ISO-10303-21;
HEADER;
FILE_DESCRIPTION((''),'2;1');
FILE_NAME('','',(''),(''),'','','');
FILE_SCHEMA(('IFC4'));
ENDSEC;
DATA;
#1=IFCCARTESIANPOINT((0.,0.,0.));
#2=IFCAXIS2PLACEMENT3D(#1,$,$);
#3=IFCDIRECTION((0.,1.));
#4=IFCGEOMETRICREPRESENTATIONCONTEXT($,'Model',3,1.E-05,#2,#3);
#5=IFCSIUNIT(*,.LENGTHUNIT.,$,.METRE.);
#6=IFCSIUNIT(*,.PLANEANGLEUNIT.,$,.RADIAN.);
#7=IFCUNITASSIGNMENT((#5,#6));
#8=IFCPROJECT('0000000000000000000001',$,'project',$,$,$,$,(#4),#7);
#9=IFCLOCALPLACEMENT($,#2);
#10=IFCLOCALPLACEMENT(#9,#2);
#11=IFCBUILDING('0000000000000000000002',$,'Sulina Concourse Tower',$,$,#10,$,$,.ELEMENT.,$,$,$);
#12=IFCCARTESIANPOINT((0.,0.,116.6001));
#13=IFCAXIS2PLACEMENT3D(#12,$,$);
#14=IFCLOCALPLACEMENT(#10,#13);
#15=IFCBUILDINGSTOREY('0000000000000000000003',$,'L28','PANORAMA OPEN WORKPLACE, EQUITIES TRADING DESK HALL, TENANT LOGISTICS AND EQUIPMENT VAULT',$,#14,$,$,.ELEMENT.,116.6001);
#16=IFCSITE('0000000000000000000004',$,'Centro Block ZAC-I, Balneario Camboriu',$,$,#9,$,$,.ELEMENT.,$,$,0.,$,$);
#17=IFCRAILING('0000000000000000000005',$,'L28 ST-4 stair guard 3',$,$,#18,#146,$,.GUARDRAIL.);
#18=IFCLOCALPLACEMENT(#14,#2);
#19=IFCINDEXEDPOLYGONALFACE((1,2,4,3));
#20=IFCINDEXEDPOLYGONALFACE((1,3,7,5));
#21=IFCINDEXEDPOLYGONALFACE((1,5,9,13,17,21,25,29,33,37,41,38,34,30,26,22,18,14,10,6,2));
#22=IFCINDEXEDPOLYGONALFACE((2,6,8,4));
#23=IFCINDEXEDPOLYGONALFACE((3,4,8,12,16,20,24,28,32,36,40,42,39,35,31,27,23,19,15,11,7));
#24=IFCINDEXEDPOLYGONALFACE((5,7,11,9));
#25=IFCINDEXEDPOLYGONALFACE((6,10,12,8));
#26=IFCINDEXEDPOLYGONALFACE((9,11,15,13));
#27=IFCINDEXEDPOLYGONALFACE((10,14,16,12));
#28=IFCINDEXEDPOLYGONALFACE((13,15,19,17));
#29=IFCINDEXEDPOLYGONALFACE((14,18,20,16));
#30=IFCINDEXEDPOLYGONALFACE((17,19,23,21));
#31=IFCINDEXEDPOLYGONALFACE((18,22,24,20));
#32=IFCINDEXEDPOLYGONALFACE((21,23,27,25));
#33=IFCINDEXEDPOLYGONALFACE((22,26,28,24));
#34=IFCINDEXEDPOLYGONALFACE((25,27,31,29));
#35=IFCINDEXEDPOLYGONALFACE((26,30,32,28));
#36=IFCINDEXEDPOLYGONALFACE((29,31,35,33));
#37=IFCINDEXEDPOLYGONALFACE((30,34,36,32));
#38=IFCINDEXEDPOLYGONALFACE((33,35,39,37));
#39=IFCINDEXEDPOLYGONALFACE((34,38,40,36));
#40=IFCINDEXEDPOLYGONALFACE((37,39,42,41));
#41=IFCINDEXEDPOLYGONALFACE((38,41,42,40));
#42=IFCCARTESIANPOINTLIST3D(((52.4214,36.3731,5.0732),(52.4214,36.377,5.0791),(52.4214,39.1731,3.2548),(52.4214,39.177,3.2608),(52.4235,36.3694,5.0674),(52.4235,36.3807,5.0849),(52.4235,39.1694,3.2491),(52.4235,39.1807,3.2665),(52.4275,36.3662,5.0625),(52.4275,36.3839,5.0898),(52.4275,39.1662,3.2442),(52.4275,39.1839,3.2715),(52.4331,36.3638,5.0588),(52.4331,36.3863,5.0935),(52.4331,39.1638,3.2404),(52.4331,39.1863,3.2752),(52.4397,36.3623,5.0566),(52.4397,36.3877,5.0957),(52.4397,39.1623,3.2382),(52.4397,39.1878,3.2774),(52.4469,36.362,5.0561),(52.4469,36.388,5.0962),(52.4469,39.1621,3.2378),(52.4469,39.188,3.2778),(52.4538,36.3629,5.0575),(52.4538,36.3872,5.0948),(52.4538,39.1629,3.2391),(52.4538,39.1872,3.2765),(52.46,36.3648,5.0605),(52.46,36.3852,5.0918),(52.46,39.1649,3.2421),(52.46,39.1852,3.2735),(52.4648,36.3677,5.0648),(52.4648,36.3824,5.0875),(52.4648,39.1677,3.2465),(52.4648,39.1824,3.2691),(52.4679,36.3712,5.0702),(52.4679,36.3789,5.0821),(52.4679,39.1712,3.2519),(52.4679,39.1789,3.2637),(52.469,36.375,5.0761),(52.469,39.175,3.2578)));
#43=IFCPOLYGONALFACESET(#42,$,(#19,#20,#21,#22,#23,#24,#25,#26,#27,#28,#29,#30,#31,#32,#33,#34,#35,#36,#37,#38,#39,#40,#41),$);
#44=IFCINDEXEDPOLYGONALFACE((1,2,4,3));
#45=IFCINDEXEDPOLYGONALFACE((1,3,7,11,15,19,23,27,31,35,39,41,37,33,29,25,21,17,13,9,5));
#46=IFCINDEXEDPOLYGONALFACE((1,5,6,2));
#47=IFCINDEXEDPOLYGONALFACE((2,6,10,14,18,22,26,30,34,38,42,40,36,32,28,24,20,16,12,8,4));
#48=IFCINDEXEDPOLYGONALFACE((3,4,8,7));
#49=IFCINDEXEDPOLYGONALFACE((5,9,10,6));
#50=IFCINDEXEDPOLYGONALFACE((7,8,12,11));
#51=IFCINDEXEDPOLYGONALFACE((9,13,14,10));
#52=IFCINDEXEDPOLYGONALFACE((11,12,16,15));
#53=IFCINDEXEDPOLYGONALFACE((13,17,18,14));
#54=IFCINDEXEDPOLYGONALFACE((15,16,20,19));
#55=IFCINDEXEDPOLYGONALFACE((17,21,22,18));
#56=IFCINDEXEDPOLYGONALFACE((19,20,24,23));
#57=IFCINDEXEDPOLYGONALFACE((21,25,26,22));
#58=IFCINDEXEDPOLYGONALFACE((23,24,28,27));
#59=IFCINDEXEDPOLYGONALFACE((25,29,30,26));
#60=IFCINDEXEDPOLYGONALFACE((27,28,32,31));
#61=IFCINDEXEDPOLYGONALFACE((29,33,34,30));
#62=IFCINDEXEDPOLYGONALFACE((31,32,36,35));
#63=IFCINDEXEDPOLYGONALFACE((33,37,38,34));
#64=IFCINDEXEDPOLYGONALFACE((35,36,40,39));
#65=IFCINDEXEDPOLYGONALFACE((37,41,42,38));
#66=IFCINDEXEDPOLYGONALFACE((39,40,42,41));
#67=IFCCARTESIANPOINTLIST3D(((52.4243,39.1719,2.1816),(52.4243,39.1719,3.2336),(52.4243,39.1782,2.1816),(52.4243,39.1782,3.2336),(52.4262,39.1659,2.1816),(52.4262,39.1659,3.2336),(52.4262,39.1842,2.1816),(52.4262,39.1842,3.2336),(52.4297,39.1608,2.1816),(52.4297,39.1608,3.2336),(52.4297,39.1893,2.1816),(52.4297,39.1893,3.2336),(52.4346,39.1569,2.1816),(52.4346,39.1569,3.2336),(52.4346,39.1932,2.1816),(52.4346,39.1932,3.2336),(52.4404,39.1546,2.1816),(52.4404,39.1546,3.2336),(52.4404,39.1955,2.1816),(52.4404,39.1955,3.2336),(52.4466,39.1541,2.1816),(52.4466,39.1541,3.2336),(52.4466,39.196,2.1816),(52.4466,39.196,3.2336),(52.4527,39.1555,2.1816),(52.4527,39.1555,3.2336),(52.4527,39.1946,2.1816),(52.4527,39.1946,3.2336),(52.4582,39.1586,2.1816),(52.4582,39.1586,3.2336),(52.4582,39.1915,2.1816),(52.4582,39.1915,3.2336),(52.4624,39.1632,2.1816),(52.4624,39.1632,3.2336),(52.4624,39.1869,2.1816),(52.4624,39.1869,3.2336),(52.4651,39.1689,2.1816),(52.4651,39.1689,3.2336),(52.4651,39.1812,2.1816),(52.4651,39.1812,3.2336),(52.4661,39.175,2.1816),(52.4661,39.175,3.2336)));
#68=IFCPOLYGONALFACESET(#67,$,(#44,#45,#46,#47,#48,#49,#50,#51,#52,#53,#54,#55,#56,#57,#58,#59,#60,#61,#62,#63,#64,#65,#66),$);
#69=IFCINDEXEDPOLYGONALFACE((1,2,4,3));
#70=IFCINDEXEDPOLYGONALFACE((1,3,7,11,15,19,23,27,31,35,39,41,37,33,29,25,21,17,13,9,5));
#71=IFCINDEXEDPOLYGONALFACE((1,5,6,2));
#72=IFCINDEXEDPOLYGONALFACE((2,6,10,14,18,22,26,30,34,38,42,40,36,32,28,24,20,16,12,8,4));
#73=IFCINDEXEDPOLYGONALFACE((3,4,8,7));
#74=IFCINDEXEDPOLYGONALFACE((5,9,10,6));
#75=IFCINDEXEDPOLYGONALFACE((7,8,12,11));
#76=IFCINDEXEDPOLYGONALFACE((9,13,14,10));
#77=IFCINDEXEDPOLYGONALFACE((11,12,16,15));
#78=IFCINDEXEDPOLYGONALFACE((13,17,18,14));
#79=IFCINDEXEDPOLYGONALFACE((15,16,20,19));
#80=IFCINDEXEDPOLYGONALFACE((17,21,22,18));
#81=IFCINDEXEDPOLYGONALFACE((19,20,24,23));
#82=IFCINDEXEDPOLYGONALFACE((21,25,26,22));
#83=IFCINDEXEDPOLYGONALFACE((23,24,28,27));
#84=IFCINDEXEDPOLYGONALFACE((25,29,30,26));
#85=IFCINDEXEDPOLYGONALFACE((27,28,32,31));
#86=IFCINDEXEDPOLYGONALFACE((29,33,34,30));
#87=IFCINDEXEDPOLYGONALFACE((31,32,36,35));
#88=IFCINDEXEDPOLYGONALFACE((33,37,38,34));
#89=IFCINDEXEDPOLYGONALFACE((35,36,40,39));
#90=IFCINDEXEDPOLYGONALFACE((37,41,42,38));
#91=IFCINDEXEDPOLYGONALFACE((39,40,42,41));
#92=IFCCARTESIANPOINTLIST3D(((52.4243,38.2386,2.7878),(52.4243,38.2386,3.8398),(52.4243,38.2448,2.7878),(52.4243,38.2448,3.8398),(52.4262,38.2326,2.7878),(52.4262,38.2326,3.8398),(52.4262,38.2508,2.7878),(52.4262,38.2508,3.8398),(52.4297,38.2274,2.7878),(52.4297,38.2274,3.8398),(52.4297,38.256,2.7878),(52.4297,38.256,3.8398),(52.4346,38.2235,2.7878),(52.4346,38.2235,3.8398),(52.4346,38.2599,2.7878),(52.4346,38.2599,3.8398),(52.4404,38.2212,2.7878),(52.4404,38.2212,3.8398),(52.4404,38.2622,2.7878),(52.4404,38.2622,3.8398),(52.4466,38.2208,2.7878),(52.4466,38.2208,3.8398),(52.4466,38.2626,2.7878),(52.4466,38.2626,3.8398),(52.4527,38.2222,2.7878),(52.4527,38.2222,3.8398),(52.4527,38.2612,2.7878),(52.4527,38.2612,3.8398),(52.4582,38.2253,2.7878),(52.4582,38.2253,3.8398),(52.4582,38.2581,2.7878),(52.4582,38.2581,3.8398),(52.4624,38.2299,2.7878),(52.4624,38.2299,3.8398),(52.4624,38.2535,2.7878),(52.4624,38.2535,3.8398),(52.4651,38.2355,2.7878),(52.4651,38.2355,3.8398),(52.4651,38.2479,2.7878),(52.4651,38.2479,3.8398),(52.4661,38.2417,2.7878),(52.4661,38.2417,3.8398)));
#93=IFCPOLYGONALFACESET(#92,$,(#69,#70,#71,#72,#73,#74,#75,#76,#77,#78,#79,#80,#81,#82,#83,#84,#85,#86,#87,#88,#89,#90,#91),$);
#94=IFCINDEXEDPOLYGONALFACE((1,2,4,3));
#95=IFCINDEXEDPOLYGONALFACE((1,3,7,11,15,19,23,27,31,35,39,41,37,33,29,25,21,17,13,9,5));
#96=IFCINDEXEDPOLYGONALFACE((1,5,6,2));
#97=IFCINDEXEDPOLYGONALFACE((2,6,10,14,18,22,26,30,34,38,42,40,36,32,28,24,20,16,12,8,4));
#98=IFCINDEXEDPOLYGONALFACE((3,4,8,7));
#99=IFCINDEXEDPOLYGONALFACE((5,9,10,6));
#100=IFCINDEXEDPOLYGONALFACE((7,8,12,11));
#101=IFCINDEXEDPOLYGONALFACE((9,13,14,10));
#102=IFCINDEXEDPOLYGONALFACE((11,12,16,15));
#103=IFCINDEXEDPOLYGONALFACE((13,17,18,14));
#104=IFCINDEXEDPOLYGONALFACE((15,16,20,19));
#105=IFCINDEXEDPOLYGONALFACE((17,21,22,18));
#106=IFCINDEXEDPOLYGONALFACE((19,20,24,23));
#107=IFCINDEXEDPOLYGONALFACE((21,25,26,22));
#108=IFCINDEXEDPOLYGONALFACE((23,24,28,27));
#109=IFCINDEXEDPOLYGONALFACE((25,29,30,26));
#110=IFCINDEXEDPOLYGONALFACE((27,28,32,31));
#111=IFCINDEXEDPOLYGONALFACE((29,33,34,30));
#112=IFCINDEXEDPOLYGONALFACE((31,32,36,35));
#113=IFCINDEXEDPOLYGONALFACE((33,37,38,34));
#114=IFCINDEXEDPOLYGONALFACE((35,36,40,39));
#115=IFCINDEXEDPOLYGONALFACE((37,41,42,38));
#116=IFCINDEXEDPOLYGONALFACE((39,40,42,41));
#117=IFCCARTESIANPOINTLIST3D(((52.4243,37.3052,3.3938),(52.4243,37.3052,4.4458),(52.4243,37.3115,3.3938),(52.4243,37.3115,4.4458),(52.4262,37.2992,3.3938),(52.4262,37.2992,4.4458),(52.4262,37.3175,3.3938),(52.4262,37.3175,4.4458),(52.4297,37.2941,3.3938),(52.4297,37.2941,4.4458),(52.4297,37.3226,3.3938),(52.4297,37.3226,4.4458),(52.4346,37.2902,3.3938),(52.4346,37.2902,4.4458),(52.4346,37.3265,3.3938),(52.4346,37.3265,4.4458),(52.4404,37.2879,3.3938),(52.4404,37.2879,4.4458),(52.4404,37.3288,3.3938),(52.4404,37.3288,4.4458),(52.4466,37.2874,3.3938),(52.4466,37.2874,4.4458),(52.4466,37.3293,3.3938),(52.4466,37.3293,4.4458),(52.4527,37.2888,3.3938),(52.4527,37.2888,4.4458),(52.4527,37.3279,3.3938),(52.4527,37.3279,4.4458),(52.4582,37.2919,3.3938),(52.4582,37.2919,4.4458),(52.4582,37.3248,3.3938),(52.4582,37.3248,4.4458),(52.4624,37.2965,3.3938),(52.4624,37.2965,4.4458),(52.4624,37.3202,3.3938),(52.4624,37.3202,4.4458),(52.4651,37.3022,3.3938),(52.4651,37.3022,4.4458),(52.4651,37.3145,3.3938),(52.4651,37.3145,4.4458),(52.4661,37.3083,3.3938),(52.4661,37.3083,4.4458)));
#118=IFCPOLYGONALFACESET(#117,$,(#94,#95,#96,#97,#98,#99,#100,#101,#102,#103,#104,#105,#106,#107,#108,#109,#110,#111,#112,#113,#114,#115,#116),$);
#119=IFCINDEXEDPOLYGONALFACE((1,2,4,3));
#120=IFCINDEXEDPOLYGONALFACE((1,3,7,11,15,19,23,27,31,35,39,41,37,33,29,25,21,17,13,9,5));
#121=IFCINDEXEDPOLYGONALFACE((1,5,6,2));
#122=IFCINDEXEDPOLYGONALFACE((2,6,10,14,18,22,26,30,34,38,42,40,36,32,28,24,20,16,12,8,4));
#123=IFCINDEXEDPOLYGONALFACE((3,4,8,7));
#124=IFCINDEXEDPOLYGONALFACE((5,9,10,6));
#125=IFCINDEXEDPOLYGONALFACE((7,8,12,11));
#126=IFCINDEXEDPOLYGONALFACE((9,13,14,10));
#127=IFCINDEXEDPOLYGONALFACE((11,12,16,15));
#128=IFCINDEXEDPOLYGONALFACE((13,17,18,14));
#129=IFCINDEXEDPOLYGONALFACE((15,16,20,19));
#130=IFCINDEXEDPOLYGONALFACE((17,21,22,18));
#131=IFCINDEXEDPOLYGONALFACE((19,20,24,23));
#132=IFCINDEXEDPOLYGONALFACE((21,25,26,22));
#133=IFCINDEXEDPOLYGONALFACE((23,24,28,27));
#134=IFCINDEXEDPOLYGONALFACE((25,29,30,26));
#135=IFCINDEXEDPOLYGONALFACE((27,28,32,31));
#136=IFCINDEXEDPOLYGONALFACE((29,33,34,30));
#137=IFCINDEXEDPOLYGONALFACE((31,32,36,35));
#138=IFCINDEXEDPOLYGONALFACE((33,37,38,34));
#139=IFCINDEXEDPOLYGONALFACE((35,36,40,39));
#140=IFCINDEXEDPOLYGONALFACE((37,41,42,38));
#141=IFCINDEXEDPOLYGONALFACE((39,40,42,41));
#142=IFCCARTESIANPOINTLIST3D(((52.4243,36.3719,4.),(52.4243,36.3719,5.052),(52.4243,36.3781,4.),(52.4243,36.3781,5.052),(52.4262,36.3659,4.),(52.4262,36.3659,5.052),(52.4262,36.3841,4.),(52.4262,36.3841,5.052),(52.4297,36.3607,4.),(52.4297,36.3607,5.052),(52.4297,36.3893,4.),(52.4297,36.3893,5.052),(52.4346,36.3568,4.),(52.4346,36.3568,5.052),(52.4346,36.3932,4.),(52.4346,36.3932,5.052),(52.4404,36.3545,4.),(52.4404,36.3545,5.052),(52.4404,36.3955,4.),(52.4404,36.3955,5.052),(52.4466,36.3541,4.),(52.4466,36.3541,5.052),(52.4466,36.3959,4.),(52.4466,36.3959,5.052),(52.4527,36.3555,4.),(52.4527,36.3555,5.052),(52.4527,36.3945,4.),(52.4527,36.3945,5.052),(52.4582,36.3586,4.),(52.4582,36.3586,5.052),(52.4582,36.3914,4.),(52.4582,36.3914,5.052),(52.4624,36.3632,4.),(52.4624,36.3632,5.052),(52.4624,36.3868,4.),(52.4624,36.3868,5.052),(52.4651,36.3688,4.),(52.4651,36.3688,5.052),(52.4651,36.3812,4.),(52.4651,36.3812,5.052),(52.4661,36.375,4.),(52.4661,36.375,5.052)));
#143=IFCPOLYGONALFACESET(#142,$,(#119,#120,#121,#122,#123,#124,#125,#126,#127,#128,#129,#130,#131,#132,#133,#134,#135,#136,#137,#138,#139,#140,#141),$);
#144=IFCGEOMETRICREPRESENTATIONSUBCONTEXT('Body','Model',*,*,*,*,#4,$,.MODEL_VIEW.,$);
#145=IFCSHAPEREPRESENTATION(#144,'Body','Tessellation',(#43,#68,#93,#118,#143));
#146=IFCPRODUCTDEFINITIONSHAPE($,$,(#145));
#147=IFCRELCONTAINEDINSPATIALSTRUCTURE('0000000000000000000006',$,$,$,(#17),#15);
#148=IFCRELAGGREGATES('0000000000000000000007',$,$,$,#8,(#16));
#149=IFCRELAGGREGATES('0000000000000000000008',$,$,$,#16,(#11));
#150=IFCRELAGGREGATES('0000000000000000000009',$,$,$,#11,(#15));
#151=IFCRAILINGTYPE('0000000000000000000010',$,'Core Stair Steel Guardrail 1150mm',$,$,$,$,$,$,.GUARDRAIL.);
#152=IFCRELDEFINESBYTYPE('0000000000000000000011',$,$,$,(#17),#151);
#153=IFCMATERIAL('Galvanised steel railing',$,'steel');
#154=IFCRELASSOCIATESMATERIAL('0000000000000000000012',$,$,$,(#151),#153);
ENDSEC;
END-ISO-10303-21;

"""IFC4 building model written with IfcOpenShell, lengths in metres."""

from ifc_helpers import new_model, si_unit, direction, frame, origin, origin_2d, place, context, subcontext, project, spatial, circle, extrude, material, type_object, element, save


model = new_model("IFC4")

# Units and contexts
model_context = context("Model", 3, precision=1e-05, world=origin(), true_north=direction((0.0, 1.0)))
body_context = subcontext(model_context, "Body", "Model", "MODEL_VIEW")
ifc_project = project(units=[si_unit("LENGTHUNIT", "METRE"), si_unit("PLANEANGLEUNIT", "RADIAN")], contexts=[model_context])

# Site, building, storey
site_placement = place(None, origin())
site = spatial("IfcSite", under=ifc_project, at=site_placement, Name="Centro Block ZAC-I, Balneario Camboriu", CompositionType="ELEMENT", RefElevation=0.0)
building_placement = place(site_placement, origin())
building = spatial("IfcBuilding", under=site, at=building_placement, Name="Sulina Concourse Tower", CompositionType="ELEMENT")
storey_placement = place(building_placement, frame((0.0, 0.0, 116.6001)))
storey = spatial("IfcBuildingStorey", under=building, at=storey_placement, Name="L28", Description="PANORAMA OPEN WORKPLACE, EQUITIES TRADING DESK HALL, TENANT LOGISTICS AND EQUIPMENT VAULT", CompositionType="ELEMENT", Elevation=116.6001)

# Railing
ifc_material_1 = material(Name="Galvanised steel railing", Category="steel")
railing_type_1 = type_object("IfcRailingType", Name="Core Stair Steel Guardrail 1150mm", PredefinedType="GUARDRAIL", material=ifc_material_1)
railing_1_placement = place(storey_placement, frame((52.4451, 39.175, 2.1816)))
element("IfcRailing", 1, at=railing_1_placement, inside=storey, type_object=railing_type_1, Name="L28 ST-4 stair guard 3", PredefinedType="GUARDRAIL", context=body_context, shape_type="SweptSolid", body=[
    extrude(circle(Radius=0.0239, at=origin_2d()), frame((0.0, 0.0, 1.0762), z_axis=(0.0, -0.838672, 0.544636), x_axis=(1.0, 0.0, 0.0)), (0.0, 0.0, 1.0), 3.3386),
    extrude(circle(Radius=0.021, at=origin_2d()), origin(), (0.0, 0.0, 1.0), 1.052),
    extrude(circle(Radius=0.021, at=origin_2d()), frame((0.0, -0.9333, 0.6062)), (0.0, 0.0, 1.0), 1.052),
    extrude(circle(Radius=0.021, at=origin_2d()), frame((0.0, -1.8667, 1.2122)), (0.0, 0.0, 1.0), 1.052),
    extrude(circle(Radius=0.021, at=origin_2d()), frame((0.0, -2.8, 1.8184)), (0.0, 0.0, 1.0), 1.052),
])

save(model, "model.ifc")
